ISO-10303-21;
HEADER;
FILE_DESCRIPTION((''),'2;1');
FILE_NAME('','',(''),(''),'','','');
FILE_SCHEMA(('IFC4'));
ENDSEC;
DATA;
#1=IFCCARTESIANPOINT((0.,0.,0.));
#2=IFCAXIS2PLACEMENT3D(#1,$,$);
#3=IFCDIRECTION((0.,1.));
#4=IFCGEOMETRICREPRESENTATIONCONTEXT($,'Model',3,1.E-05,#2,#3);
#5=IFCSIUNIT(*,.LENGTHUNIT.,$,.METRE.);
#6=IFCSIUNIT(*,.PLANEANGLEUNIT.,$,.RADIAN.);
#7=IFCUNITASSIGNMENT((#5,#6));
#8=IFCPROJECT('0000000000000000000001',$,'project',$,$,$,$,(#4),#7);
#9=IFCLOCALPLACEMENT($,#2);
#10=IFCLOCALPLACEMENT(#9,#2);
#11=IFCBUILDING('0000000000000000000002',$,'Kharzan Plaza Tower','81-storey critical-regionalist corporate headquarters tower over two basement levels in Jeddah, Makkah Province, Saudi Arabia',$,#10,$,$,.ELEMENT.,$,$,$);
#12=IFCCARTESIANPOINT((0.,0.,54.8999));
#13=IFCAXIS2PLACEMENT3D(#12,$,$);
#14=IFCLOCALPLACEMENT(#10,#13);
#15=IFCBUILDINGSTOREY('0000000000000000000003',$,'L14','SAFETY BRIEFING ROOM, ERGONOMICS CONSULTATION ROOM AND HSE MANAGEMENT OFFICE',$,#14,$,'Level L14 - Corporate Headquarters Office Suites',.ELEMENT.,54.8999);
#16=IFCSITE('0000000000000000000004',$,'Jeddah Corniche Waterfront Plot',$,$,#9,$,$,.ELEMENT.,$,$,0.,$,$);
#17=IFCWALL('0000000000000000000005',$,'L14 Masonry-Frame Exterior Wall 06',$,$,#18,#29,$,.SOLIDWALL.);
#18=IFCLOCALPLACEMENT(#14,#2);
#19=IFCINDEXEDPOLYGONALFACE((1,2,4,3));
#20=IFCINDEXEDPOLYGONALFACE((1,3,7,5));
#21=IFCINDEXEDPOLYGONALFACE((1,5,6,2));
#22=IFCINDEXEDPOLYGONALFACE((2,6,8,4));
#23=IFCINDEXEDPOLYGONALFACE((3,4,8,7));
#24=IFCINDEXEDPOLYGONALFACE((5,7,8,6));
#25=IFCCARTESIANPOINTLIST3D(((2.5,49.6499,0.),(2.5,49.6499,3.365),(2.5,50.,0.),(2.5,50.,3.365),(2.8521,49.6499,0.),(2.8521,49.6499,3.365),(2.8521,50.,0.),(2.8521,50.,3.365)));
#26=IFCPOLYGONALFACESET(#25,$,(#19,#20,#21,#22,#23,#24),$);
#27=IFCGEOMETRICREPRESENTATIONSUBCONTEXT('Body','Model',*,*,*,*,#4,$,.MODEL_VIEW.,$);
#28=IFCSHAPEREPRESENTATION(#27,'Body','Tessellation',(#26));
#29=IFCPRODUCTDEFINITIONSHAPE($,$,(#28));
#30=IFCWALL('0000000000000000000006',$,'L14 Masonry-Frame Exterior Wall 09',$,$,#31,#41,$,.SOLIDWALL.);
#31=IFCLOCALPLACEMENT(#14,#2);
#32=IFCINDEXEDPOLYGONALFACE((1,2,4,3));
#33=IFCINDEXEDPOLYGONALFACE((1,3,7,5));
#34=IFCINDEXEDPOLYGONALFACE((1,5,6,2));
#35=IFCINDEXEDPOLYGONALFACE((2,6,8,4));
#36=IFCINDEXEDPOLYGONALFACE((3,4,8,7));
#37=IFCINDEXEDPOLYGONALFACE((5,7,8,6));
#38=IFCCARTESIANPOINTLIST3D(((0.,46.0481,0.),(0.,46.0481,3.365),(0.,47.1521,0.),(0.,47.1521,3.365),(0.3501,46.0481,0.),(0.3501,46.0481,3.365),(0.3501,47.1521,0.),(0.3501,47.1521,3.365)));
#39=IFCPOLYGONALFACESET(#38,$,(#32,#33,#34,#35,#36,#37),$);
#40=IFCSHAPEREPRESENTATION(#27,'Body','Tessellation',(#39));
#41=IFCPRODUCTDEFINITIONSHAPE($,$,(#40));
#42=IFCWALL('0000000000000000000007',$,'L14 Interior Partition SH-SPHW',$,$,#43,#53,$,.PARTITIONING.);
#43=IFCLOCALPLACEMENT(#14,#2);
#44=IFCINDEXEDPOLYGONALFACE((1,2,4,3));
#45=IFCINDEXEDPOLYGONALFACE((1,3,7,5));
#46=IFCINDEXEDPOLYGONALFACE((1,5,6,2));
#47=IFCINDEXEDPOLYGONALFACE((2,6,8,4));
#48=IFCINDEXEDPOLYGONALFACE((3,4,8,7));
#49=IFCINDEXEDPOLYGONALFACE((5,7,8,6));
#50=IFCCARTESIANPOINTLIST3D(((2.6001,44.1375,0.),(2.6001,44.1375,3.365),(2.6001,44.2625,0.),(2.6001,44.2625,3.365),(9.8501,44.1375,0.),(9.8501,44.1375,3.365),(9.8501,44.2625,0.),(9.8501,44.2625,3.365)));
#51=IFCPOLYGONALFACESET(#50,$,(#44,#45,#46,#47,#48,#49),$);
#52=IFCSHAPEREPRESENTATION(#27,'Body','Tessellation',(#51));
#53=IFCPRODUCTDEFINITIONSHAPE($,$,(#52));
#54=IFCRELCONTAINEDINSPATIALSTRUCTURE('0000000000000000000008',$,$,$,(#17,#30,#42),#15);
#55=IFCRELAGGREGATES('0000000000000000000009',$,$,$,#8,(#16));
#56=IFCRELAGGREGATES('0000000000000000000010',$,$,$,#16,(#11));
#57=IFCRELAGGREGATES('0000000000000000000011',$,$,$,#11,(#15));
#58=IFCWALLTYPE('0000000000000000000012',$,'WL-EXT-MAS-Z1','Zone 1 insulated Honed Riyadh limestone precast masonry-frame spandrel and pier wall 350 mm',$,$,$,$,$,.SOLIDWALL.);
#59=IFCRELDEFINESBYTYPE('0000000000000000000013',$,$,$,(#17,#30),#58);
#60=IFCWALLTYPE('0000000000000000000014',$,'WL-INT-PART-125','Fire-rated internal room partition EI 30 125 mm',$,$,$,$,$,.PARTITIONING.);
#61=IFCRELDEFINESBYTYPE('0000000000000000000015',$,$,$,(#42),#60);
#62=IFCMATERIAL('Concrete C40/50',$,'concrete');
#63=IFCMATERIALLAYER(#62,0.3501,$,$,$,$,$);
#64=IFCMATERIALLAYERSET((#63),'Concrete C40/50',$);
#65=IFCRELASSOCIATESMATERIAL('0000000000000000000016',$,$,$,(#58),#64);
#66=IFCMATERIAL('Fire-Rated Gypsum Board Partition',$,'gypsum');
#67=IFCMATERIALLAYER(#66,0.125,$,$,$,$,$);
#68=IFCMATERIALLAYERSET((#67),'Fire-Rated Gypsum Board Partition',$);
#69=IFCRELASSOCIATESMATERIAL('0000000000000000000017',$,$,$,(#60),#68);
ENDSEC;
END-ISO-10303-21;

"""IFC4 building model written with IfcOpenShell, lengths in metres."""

from ifc_helpers import new_model, si_unit, direction, frame, frame_2d, origin, place, context, subcontext, project, spatial, rectangle, extrude, source, transform, mapped, material, layer, layer_set, type_object, element, save


model = new_model("IFC4")

# Units and contexts
model_context = context("Model", 3, precision=1e-05, world=origin(), true_north=direction((0.0, 1.0)))
body_context = subcontext(model_context, "Body", "Model", "MODEL_VIEW")
ifc_project = project(units=[si_unit("LENGTHUNIT", "METRE"), si_unit("PLANEANGLEUNIT", "RADIAN")], contexts=[model_context])

# Site, building, storey
site_placement = place(None, origin())
site = spatial("IfcSite", under=ifc_project, at=site_placement, Name="Jeddah Corniche Waterfront Plot", CompositionType="ELEMENT", RefElevation=0.0)
building_placement = place(site_placement, origin())
building = spatial("IfcBuilding", under=site, at=building_placement, Name="Kharzan Plaza Tower", Description="81-storey critical-regionalist corporate headquarters tower over two basement levels in Jeddah, Makkah Province, Saudi Arabia", CompositionType="ELEMENT")
storey_placement = place(building_placement, frame((0.0, 0.0, 54.8999)))
storey = spatial("IfcBuildingStorey", under=building, at=storey_placement, Name="L14", Description="SAFETY BRIEFING ROOM, ERGONOMICS CONSULTATION ROOM AND HSE MANAGEMENT OFFICE", LongName="Level L14 - Corporate Headquarters Office Suites", CompositionType="ELEMENT", Elevation=54.8999)

# Shared definitions
ifc_material_1 = material(Name="Concrete C40/50", Category="concrete")
ifc_layer_1 = layer(ifc_material_1, 0.3501)
ifc_layer_set_1 = layer_set([ifc_layer_1], Name="Concrete C40/50")
wall_type_1 = type_object("IfcWallType", Name="WL-EXT-MAS-Z1", Description="Zone 1 insulated Honed Riyadh limestone precast masonry-frame spandrel and pier wall 350 mm", PredefinedType="SOLIDWALL", material=ifc_layer_set_1)

# Walls
shared_shape_1 = source(origin(), body_context, "Body", "SweptSolid", [
    extrude(rectangle(XDim=0.3521, YDim=0.3501, at=frame_2d((0.176, 0.0))), origin(), (0.0, 0.0, 1.0), 3.365),
])
wall_1_placement = place(storey_placement, frame((2.8521, 49.825, 0.0), z_axis=(0.0, 0.0, 1.0), x_axis=(-1.0, 0.0, 0.0)))
element("IfcWall", 1, at=wall_1_placement, inside=storey, type_object=wall_type_1, Name="L14 Masonry-Frame Exterior Wall 06", PredefinedType="SOLIDWALL", context=body_context, shape_type="MappedRepresentation", body=[
    mapped(shared_shape_1, transform((0.0, 0.0, 0.0), x_axis=(1.0, 0.0, 0.0), y_axis=(0.0, 1.0, 0.0), z_axis=(0.0, 0.0, 1.0))),
])
shared_shape_2 = source(origin(), body_context, "Body", "SweptSolid", [
    extrude(rectangle(XDim=1.104, YDim=0.3501, at=frame_2d((0.552, 0.0))), origin(), (0.0, 0.0, 1.0), 3.365),
])
wall_2_placement = place(storey_placement, frame((0.175, 47.1521, 0.0), z_axis=(0.0, 0.0, 1.0), x_axis=(0.0, -1.0, 0.0)))
element("IfcWall", 2, at=wall_2_placement, inside=storey, type_object=wall_type_1, Name="L14 Masonry-Frame Exterior Wall 09", PredefinedType="SOLIDWALL", context=body_context, shape_type="MappedRepresentation", body=[
    mapped(shared_shape_2, transform((0.0, 0.0, 0.0), x_axis=(1.0, 0.0, 0.0), y_axis=(0.0, 1.0, 0.0), z_axis=(0.0, 0.0, 1.0))),
])
ifc_material_2 = material(Name="Fire-Rated Gypsum Board Partition", Category="gypsum")
ifc_layer_2 = layer(ifc_material_2, 0.125)
ifc_layer_set_2 = layer_set([ifc_layer_2], Name="Fire-Rated Gypsum Board Partition")
wall_type_2 = type_object("IfcWallType", Name="WL-INT-PART-125", Description="Fire-rated internal room partition EI 30 125 mm", PredefinedType="PARTITIONING", material=ifc_layer_set_2)
shared_shape_3 = source(origin(), body_context, "Body", "SweptSolid", [
    extrude(rectangle(XDim=7.25, YDim=0.125, at=frame_2d((3.625, 0.0))), origin(), (0.0, 0.0, 1.0), 3.365),
])
wall_3_placement = place(storey_placement, frame((2.6001, 44.2, 0.0), z_axis=(0.0, 0.0, 1.0), x_axis=(1.0, 0.0, 0.0)))
element("IfcWall", 3, at=wall_3_placement, inside=storey, type_object=wall_type_2, Name="L14 Interior Partition SH-SPHW", PredefinedType="PARTITIONING", context=body_context, shape_type="MappedRepresentation", body=[
    mapped(shared_shape_3, transform((0.0, 0.0, 0.0), x_axis=(1.0, 0.0, 0.0), y_axis=(0.0, 1.0, 0.0), z_axis=(0.0, 0.0, 1.0))),
])

save(model, "model.ifc")
